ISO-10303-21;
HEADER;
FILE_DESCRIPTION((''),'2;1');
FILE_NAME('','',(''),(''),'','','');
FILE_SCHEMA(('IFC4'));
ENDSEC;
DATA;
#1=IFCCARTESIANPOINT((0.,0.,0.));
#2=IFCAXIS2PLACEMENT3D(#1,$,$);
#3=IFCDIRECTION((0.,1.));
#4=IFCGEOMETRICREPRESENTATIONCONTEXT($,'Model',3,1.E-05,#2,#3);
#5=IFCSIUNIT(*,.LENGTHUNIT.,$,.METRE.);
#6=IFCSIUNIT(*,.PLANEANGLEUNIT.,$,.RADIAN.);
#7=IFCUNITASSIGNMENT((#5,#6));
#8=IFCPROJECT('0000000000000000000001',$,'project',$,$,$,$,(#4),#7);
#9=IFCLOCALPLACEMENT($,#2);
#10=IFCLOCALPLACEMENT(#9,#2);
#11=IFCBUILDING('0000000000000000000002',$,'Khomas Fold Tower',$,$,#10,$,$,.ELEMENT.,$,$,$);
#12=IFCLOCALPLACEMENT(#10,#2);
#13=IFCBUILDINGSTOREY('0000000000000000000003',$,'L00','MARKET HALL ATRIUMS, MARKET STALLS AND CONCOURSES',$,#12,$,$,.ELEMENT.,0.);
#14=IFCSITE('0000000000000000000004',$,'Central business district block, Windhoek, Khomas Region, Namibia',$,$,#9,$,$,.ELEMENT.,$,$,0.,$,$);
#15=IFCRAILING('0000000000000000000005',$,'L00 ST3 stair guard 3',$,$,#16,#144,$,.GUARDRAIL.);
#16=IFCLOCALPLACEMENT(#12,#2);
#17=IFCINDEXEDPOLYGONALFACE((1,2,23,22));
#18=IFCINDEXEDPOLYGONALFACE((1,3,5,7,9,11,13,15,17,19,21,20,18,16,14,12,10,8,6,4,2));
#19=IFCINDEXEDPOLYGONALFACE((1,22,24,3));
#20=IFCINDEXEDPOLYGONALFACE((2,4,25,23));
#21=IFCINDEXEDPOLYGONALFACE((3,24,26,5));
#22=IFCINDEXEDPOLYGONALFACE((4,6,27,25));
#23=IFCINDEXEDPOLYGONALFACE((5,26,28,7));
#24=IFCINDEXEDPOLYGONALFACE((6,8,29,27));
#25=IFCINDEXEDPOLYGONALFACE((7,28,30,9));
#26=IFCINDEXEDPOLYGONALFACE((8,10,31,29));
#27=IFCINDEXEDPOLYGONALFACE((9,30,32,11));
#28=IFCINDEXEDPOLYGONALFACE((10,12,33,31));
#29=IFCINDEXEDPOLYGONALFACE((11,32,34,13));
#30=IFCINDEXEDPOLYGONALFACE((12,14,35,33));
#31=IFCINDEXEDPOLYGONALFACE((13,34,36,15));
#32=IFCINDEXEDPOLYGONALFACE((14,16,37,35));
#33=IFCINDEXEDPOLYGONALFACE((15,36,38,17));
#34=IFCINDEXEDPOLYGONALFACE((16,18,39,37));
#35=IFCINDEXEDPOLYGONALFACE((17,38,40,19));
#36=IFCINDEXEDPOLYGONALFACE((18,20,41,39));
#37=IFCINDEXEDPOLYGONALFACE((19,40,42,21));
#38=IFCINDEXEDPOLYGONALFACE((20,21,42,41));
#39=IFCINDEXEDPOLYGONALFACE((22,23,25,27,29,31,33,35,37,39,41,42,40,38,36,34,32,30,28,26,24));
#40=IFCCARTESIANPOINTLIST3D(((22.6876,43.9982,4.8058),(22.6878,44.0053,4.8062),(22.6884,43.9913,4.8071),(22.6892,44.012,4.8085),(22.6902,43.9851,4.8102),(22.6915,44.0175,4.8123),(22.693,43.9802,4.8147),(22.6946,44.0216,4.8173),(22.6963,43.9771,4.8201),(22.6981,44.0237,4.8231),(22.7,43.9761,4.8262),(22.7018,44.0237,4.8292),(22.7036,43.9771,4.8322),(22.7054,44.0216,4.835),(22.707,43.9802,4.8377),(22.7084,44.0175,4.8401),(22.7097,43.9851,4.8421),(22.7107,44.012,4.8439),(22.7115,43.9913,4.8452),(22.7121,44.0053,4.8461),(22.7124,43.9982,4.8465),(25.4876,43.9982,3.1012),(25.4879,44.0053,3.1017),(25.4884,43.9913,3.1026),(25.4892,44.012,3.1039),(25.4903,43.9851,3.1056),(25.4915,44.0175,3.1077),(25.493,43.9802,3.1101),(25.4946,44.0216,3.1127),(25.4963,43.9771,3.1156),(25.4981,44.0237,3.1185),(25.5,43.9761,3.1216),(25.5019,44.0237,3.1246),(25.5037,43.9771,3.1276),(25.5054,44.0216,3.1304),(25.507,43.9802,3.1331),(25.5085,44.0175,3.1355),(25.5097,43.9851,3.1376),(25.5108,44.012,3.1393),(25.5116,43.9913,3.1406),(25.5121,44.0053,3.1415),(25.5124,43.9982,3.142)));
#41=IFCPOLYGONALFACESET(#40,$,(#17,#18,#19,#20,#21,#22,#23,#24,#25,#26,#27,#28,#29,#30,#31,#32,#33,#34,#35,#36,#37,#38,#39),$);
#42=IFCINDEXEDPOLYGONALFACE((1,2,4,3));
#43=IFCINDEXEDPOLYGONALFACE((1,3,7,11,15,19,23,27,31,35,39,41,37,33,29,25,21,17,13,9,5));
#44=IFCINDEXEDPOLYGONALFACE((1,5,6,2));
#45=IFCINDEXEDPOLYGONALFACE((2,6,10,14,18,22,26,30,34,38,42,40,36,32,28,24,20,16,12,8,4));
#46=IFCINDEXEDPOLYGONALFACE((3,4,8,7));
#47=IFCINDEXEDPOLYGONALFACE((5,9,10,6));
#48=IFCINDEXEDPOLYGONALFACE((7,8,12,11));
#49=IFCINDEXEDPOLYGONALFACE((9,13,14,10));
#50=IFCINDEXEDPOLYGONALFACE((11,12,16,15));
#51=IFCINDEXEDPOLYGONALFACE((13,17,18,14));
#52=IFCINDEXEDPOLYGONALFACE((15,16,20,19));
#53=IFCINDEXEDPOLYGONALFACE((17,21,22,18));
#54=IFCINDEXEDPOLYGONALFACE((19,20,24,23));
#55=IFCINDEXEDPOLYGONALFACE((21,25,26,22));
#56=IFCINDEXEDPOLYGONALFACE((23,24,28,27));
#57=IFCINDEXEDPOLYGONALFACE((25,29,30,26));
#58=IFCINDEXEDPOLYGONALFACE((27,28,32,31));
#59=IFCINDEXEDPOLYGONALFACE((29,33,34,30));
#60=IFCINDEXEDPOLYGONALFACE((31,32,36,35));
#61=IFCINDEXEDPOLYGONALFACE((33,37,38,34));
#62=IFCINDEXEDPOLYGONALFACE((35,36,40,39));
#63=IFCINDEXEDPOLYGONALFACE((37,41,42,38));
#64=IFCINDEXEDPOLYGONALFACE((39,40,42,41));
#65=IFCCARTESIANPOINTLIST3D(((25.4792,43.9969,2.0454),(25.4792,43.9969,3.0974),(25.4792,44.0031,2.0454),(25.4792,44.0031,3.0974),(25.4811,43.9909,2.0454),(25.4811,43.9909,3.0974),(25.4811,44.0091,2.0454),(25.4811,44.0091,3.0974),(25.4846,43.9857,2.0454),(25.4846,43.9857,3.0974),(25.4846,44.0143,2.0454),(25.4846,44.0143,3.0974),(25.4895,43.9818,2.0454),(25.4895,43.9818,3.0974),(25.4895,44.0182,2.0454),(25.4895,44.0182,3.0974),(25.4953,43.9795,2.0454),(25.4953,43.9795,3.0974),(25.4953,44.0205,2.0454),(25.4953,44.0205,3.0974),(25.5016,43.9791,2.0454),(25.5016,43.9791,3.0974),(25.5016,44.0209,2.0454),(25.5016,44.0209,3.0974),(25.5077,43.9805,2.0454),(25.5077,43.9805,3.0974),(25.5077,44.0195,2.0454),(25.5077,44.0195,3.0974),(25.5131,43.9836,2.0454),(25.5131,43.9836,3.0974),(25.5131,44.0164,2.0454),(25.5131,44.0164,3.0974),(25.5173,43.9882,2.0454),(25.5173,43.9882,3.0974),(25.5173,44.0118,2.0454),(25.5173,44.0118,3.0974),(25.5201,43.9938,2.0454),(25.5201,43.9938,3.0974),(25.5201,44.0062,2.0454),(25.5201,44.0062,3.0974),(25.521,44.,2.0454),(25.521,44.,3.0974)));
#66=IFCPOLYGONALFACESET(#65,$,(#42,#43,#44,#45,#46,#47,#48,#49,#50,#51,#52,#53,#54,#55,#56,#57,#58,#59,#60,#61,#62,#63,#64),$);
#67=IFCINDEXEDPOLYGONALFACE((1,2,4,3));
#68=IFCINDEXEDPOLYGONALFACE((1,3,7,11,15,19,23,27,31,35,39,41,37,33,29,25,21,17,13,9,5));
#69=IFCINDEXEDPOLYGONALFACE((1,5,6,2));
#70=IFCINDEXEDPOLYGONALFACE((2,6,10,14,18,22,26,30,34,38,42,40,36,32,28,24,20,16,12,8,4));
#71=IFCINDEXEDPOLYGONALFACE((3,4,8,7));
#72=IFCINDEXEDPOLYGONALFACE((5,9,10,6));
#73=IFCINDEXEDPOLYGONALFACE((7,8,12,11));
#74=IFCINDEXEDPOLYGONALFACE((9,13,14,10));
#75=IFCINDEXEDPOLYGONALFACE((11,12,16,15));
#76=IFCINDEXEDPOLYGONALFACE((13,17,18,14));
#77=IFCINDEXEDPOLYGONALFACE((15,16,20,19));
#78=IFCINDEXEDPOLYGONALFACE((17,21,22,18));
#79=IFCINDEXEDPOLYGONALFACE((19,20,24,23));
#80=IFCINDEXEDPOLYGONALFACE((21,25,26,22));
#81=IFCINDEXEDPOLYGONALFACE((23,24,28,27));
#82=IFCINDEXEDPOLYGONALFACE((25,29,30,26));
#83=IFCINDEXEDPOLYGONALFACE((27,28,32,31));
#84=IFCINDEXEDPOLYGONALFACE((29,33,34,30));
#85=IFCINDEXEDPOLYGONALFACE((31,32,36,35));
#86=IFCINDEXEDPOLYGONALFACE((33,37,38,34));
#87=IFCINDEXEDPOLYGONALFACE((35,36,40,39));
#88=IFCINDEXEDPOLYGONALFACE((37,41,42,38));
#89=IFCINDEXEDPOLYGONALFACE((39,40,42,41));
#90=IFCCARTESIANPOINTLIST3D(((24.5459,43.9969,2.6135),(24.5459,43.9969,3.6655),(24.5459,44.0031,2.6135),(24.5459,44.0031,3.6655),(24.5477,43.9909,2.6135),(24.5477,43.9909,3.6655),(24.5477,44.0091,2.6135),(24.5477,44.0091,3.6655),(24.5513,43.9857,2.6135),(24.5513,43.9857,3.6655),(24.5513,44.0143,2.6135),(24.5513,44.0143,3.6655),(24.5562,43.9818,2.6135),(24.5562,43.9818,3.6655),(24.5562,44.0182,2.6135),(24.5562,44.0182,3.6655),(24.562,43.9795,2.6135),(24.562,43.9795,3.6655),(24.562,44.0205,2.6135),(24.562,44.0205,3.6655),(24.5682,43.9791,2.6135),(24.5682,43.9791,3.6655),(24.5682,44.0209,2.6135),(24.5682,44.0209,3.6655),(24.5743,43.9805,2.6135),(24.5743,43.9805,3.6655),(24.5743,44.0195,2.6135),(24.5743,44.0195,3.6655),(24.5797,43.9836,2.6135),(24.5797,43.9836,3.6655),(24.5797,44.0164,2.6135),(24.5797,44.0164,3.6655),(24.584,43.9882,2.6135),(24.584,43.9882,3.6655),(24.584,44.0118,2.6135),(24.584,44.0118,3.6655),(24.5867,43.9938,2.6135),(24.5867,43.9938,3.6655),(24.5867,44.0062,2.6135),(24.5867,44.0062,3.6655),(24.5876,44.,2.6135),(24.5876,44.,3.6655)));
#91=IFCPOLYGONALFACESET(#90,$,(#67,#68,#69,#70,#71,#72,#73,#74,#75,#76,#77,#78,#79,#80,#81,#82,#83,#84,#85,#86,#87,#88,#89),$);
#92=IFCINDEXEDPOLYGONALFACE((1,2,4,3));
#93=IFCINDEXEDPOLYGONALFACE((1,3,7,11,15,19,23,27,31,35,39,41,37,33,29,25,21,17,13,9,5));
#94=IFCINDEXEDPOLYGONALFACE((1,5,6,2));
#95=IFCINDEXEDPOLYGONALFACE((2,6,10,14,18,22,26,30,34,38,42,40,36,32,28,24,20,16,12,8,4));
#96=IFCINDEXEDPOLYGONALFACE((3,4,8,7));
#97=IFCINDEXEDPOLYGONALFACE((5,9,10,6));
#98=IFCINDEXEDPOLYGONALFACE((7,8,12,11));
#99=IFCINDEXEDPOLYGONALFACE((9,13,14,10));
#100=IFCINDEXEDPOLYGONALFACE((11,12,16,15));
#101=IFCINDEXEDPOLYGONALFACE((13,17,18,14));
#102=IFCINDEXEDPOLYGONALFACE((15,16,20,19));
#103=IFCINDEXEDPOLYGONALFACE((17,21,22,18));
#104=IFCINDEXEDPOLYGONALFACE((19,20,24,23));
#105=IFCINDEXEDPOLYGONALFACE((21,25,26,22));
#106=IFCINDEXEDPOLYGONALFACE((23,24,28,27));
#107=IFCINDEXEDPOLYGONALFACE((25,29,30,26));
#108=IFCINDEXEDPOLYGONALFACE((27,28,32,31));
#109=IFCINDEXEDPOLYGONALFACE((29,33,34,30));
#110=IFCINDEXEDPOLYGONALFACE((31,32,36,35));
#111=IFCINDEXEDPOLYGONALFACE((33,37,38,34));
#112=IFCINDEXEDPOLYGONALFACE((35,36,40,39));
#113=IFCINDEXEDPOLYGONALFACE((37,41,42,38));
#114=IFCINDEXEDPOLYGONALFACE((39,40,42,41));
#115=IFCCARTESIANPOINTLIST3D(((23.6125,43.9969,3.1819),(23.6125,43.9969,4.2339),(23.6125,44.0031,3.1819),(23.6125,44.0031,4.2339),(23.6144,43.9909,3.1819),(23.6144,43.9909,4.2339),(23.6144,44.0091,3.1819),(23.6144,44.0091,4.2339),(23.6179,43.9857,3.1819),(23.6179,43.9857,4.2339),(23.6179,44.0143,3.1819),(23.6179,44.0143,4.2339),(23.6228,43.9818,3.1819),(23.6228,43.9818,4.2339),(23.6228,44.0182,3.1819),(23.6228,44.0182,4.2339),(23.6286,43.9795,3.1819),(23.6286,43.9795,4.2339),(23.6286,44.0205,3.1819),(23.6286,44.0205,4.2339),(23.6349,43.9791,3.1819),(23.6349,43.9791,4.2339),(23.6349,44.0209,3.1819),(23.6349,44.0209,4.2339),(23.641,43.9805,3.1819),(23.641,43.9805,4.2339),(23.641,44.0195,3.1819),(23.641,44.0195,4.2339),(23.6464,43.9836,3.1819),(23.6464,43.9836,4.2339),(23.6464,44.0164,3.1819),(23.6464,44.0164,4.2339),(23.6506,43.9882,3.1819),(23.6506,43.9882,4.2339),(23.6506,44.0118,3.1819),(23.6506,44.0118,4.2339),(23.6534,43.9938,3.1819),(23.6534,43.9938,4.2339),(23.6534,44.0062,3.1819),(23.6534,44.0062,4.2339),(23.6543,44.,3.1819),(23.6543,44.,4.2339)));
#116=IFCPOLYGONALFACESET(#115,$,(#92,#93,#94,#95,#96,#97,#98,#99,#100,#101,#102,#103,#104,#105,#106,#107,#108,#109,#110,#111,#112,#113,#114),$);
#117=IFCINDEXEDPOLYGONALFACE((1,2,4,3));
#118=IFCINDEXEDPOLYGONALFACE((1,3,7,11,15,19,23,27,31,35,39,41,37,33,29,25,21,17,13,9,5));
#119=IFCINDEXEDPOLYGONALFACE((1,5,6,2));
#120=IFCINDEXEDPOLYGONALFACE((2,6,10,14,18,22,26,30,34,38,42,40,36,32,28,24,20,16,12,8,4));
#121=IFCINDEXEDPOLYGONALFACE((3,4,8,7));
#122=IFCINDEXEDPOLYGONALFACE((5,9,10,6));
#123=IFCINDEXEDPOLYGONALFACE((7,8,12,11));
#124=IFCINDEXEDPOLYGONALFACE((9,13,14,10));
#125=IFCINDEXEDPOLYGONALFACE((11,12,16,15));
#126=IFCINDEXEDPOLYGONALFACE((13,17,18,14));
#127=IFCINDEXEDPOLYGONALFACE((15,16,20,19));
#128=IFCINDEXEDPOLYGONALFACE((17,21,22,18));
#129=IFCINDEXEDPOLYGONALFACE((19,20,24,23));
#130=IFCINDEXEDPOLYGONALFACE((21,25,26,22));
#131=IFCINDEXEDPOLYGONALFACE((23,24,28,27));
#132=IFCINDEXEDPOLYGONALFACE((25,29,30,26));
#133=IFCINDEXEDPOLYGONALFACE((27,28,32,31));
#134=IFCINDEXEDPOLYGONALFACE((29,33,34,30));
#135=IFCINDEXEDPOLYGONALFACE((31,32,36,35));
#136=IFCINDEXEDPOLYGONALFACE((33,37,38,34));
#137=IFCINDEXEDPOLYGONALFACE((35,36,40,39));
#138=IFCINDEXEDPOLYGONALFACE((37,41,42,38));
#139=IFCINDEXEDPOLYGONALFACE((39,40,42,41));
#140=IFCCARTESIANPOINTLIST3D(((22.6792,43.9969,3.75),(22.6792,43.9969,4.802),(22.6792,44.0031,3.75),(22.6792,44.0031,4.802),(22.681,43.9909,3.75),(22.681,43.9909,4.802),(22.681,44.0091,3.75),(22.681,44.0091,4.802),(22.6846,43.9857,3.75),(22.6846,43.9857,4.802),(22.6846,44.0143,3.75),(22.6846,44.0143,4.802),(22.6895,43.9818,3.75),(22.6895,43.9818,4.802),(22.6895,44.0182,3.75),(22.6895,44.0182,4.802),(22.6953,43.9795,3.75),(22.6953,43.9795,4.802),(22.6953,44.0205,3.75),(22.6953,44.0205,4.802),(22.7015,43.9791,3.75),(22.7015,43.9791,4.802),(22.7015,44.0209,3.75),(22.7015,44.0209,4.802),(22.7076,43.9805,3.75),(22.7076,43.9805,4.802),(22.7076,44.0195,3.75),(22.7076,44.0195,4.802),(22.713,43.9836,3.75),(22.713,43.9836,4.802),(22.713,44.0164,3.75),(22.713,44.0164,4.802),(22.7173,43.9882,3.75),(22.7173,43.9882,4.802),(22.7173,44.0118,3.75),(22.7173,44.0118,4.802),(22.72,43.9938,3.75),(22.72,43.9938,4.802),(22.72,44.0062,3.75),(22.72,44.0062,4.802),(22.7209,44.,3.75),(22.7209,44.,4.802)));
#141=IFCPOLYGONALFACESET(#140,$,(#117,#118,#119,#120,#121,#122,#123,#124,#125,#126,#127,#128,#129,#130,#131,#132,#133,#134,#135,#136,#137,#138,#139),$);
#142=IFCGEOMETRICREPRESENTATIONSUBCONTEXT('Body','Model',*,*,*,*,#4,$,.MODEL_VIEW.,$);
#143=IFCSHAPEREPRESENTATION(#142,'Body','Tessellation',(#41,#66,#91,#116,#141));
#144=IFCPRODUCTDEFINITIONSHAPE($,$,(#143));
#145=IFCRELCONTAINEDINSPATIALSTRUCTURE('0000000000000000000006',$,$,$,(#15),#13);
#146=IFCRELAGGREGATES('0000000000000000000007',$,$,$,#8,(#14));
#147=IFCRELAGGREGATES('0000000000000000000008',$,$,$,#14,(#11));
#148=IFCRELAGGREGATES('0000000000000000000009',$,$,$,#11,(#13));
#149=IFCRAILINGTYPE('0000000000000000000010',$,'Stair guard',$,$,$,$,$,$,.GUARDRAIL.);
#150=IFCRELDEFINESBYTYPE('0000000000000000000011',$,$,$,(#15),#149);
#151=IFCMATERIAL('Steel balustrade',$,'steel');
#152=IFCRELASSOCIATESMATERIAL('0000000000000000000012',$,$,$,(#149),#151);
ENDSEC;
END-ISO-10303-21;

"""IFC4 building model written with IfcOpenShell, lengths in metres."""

from ifc_helpers import new_model, si_unit, direction, frame, origin, origin_2d, place, context, subcontext, project, spatial, circle, extrude, source, transform, mapped, material, type_object, element, save


model = new_model("IFC4")

# Units and contexts
model_context = context("Model", 3, precision=1e-05, world=origin(), true_north=direction((0.0, 1.0)))
body_context = subcontext(model_context, "Body", "Model", "MODEL_VIEW")
ifc_project = project(units=[si_unit("LENGTHUNIT", "METRE"), si_unit("PLANEANGLEUNIT", "RADIAN")], contexts=[model_context])

# Site, building, storey
site_placement = place(None, origin())
site = spatial("IfcSite", under=ifc_project, at=site_placement, Name="Central business district block, Windhoek, Khomas Region, Namibia", CompositionType="ELEMENT", RefElevation=0.0)
building_placement = place(site_placement, origin())
building = spatial("IfcBuilding", under=site, at=building_placement, Name="Khomas Fold Tower", CompositionType="ELEMENT")
storey_placement = place(building_placement, origin())
storey = spatial("IfcBuildingStorey", under=building, at=storey_placement, Name="L00", Description="MARKET HALL ATRIUMS, MARKET STALLS AND CONCOURSES", CompositionType="ELEMENT", Elevation=0.0)

# Railing
ifc_material_1 = material(Name="Steel balustrade", Category="steel")
railing_type_1 = type_object("IfcRailingType", Name="Stair guard", PredefinedType="GUARDRAIL", material=ifc_material_1)
shared_shape_1 = source(origin(), body_context, "Body", "SweptSolid", [
    extrude(circle(Radius=0.0239, at=origin_2d()), frame((0.0, 0.0, 1.0762), z_axis=(-0.85417, 0.0, 0.519994), x_axis=(0.0, -1.0, 0.0)), (0.0, 0.0, 1.0), 3.2781),
    extrude(circle(Radius=0.021, at=origin_2d()), origin(), (0.0, 0.0, 1.0), 1.052),
    extrude(circle(Radius=0.021, at=origin_2d()), frame((-0.9333, 0.0, 0.5681)), (0.0, 0.0, 1.0), 1.052),
    extrude(circle(Radius=0.021, at=origin_2d()), frame((-1.8667, 0.0, 1.1365)), (0.0, 0.0, 1.0), 1.052),
    extrude(circle(Radius=0.021, at=origin_2d()), frame((-2.8, 0.0, 1.7046)), (0.0, 0.0, 1.0), 1.052),
])
for number, where, name in (
    (1, (25.5, 44.0, 2.0454), "L00 ST3 stair guard 3"),
):
    element("IfcRailing", number, at=place(storey_placement, frame(where)), inside=storey, type_object=railing_type_1, Name=name, PredefinedType="GUARDRAIL", context=body_context, shape_type="MappedRepresentation", body=[
        mapped(shared_shape_1, transform((0.0, 0.0, 0.0))),
    ])

save(model, "model.ifc")
